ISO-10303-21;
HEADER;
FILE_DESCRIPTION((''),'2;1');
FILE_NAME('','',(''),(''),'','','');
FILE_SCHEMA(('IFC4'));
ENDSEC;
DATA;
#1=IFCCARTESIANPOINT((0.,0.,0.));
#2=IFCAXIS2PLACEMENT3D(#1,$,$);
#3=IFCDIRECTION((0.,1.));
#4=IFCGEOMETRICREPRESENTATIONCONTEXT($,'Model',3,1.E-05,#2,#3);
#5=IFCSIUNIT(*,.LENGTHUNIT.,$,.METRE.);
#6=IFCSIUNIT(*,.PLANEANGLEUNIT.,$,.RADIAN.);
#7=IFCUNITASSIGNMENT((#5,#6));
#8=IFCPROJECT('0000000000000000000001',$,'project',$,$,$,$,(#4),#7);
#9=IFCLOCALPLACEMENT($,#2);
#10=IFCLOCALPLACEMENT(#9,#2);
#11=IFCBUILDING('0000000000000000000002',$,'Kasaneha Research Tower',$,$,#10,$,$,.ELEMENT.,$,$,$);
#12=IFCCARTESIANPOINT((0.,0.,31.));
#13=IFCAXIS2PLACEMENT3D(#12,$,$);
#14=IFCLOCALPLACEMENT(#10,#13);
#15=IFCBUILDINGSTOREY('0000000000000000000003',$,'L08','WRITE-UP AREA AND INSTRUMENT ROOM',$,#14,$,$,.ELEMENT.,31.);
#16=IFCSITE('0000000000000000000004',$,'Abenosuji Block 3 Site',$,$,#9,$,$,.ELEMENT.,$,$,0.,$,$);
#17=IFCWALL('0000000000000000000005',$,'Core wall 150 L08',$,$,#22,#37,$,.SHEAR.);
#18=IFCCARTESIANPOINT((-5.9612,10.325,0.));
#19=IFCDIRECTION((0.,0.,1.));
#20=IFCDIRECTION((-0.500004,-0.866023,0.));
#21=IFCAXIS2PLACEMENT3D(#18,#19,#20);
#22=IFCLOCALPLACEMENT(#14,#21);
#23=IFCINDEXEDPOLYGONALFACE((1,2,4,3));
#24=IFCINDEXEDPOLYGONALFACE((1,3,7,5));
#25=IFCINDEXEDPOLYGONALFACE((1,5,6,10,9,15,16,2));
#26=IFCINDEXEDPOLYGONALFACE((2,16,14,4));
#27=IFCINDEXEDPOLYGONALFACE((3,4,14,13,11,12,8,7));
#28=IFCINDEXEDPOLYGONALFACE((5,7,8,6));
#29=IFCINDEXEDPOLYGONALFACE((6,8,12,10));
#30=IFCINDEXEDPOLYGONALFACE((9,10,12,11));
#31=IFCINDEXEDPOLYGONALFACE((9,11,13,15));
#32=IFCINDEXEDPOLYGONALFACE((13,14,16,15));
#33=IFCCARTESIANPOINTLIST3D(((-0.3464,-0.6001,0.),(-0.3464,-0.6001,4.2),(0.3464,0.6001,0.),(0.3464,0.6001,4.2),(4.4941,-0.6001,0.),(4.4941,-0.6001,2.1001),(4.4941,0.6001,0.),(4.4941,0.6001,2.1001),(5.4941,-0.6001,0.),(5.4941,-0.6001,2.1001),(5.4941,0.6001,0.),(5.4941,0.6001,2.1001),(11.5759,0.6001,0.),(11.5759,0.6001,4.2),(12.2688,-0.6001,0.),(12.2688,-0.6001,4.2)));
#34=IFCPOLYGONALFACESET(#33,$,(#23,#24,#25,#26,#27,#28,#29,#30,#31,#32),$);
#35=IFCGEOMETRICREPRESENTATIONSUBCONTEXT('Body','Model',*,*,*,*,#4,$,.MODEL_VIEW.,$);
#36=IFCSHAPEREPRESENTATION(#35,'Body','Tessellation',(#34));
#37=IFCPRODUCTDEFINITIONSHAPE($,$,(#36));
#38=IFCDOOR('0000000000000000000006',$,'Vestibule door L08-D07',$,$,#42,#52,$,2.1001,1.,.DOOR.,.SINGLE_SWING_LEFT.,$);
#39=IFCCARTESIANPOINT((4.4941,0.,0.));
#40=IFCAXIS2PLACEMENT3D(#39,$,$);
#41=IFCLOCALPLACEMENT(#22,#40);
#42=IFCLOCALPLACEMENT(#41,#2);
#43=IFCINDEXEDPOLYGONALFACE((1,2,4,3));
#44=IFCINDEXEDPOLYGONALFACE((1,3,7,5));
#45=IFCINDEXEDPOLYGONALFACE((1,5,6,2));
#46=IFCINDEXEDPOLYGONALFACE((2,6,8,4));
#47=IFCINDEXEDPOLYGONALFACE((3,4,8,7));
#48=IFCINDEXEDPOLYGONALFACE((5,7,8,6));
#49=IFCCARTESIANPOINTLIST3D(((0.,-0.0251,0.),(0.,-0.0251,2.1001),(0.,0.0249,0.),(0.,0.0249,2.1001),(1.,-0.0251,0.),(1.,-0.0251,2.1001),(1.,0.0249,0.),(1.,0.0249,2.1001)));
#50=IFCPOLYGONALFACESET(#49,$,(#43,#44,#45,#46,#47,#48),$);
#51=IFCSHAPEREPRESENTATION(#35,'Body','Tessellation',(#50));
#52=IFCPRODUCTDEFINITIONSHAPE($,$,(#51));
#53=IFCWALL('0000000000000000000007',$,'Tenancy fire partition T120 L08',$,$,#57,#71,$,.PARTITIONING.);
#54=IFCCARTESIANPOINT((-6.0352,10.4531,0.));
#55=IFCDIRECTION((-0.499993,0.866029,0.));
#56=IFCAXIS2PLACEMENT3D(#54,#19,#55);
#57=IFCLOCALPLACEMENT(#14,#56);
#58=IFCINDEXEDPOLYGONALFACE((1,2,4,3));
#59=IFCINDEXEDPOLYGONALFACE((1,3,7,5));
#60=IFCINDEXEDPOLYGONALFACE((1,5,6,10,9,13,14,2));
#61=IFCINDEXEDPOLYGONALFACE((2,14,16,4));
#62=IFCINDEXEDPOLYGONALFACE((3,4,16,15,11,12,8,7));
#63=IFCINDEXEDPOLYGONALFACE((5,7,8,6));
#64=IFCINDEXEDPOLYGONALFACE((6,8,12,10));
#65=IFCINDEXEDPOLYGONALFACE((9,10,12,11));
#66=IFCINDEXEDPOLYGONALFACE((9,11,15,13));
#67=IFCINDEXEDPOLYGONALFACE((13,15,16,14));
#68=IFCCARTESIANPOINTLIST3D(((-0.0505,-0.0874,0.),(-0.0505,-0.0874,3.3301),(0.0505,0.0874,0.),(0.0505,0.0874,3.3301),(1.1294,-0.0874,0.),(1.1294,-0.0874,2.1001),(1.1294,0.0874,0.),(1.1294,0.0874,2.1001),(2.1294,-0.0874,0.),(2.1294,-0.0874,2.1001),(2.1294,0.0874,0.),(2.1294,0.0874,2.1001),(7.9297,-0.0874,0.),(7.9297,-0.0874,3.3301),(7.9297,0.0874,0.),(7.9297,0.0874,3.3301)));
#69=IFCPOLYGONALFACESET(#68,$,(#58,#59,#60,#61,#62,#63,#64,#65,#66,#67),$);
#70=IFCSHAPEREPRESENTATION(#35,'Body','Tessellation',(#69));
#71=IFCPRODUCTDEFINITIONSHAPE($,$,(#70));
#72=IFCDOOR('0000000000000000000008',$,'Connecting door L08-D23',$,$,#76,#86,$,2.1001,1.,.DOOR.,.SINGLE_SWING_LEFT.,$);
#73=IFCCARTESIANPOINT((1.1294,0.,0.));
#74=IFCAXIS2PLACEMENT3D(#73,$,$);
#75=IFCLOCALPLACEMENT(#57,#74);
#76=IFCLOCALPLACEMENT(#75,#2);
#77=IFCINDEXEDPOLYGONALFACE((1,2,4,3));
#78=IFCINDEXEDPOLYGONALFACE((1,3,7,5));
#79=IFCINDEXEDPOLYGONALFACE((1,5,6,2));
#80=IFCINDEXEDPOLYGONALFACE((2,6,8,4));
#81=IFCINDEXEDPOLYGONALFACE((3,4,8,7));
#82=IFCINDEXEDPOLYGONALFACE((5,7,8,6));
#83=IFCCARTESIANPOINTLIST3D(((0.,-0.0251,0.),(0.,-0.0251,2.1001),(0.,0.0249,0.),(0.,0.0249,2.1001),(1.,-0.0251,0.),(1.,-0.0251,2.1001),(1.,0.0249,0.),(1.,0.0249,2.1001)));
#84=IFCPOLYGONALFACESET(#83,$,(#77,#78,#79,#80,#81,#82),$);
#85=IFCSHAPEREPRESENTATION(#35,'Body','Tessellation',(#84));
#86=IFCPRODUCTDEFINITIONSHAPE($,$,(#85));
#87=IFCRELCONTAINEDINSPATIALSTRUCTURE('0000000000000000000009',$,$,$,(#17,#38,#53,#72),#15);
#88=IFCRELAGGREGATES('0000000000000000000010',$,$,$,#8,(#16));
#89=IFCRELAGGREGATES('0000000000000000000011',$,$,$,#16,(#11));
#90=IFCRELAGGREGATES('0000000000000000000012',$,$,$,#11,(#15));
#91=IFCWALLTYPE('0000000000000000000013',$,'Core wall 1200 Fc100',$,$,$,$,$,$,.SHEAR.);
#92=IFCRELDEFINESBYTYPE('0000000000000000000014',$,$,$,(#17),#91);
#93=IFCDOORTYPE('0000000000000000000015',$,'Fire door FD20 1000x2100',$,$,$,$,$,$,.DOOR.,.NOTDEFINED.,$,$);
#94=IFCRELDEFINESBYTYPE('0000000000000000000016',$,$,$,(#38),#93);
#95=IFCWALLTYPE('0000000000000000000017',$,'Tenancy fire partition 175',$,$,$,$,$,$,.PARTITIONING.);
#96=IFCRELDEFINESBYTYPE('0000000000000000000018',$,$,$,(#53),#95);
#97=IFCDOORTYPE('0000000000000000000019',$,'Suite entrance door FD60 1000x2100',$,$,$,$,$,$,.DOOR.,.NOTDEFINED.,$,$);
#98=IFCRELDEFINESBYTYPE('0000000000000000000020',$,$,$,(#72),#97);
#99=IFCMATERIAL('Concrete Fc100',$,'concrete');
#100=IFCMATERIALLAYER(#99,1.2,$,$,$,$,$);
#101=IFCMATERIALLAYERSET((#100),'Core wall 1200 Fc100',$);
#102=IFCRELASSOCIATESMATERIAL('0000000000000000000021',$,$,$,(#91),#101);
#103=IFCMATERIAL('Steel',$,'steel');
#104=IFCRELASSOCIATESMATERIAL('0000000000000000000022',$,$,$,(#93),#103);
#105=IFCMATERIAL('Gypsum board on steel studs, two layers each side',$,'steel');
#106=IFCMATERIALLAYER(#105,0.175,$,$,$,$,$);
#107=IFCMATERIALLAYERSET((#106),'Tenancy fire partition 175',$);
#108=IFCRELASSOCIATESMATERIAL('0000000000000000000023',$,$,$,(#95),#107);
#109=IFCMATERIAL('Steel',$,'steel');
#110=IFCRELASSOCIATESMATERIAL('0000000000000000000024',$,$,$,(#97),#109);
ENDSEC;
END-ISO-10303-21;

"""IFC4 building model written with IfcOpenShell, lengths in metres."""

from ifc_helpers import new_model, si_unit, direction, frame, frame_2d, origin, place, context, subcontext, project, spatial, polyline, rectangle, outline, extrude, material, layer, layer_set, type_object, element, fill, save


model = new_model("IFC4")

# Units and contexts
model_context = context("Model", 3, precision=1e-05, world=origin(), true_north=direction((0.0, 1.0)))
body_context = subcontext(model_context, "Body", "Model", "MODEL_VIEW")
ifc_project = project(units=[si_unit("LENGTHUNIT", "METRE"), si_unit("PLANEANGLEUNIT", "RADIAN")], contexts=[model_context])

# Site, building, storey
site_placement = place(None, origin())
site = spatial("IfcSite", under=ifc_project, at=site_placement, Name="Abenosuji Block 3 Site", CompositionType="ELEMENT", RefElevation=0.0)
building_placement = place(site_placement, origin())
building = spatial("IfcBuilding", under=site, at=building_placement, Name="Kasaneha Research Tower", CompositionType="ELEMENT")
storey_placement = place(building_placement, frame((0.0, 0.0, 31.0)))
storey = spatial("IfcBuildingStorey", under=building, at=storey_placement, Name="L08", Description="WRITE-UP AREA AND INSTRUMENT ROOM", CompositionType="ELEMENT", Elevation=31.0)

# Wall, opening, door
ifc_material_1 = material(Name="Concrete Fc100", Category="concrete")
ifc_layer_1 = layer(ifc_material_1, 1.2)
ifc_layer_set_1 = layer_set([ifc_layer_1], Name="Core wall 1200 Fc100")
wall_type_1 = type_object("IfcWallType", Name="Core wall 1200 Fc100", PredefinedType="SHEAR", material=ifc_layer_set_1)
wall_1_placement = place(storey_placement, frame((-5.9612, 10.325, 0.0), z_axis=(0.0, 0.0, 1.0), x_axis=(-0.500004, -0.866023, 0.0)))
wall_1 = element("IfcWall", 1, at=wall_1_placement, inside=storey, type_object=wall_type_1, Name="Core wall 150 L08", PredefinedType="SHEAR", context=body_context, shape_type="SweptSolid", body=[
    extrude(outline(polyline([(-0.3464, -0.6001), (4.4941, -0.6001), (5.4941, -0.6001), (12.2688, -0.6001), (11.5759, 0.6001), (5.4941, 0.6001), (4.4941, 0.6001), (0.3464, 0.6001), (-0.3464, -0.6001)])), origin(), (0.0, 0.0, 1.0), 4.2),
])
opening_1_placement = place(wall_1_placement, frame((4.4941, 0.0, 0.0)))
opening_1 = element("IfcOpeningElement", 2, at=opening_1_placement, cuts=wall_1, PredefinedType="OPENING", context=body_context, shape_type="SweptSolid", body=[
    extrude(rectangle(XDim=1.0, YDim=2.1001, at=frame_2d((0.5, 1.05))), frame((0.0, 0.6099, 0.0), z_axis=(0.0, -1.0, 0.0), x_axis=(1.0, 0.0, 0.0)), (0.0, 0.0, 1.0), 1.22),
])
ifc_material_2 = material(Name="Steel", Category="steel")
door_type_1 = type_object("IfcDoorType", Name="Fire door FD20 1000x2100", OperationType="NOTDEFINED", PredefinedType="DOOR", material=ifc_material_2)
door_1_placement = place(opening_1_placement, origin())
door_1 = element("IfcDoor", 3, at=door_1_placement, inside=storey, type_object=door_type_1, Name="Vestibule door L08-D07", OperationType="SINGLE_SWING_LEFT", OverallHeight=2.1001, OverallWidth=1.0, PredefinedType="DOOR", context=body_context, shape_type="SweptSolid", body=[
    extrude(rectangle(XDim=1.0, YDim=2.1001, at=frame_2d((0.5, 1.05))), frame((0.0, 0.0249, 0.0), z_axis=(0.0, -1.0, 0.0), x_axis=(1.0, 0.0, 0.0)), (0.0, 0.0, 1.0), 0.05),
])
fill(opening_1, door_1)

# Wall, opening, door
ifc_material_3 = material(Name="Gypsum board on steel studs, two layers each side", Category="steel")
ifc_layer_2 = layer(ifc_material_3, 0.175)
ifc_layer_set_2 = layer_set([ifc_layer_2], Name="Tenancy fire partition 175")
wall_type_2 = type_object("IfcWallType", Name="Tenancy fire partition 175", PredefinedType="PARTITIONING", material=ifc_layer_set_2)
wall_2_placement = place(storey_placement, frame((-6.0352, 10.4531, 0.0), z_axis=(0.0, 0.0, 1.0), x_axis=(-0.499993, 0.866029, 0.0)))
wall_2 = element("IfcWall", 4, at=wall_2_placement, inside=storey, type_object=wall_type_2, Name="Tenancy fire partition T120 L08", PredefinedType="PARTITIONING", context=body_context, shape_type="SweptSolid", body=[
    extrude(outline(polyline([(-0.0505, -0.0874), (1.1294, -0.0874), (2.1294, -0.0874), (7.9297, -0.0874), (7.9297, 0.0874), (2.1294, 0.0874), (1.1294, 0.0874), (0.0505, 0.0874), (-0.0505, -0.0874)])), origin(), (0.0, 0.0, 1.0), 3.3301),
])
opening_2_placement = place(wall_2_placement, frame((1.1294, 0.0, 0.0)))
opening_2 = element("IfcOpeningElement", 5, at=opening_2_placement, cuts=wall_2, PredefinedType="OPENING", context=body_context, shape_type="SweptSolid", body=[
    extrude(rectangle(XDim=1.0, YDim=2.1001, at=frame_2d((0.5, 1.05))), frame((0.0, 0.0977, 0.0), z_axis=(0.0, -1.0, 0.0), x_axis=(1.0, 0.0, 0.0)), (0.0, 0.0, 1.0), 0.1951),
])
ifc_material_4 = material(Name="Steel", Category="steel")
door_type_2 = type_object("IfcDoorType", Name="Suite entrance door FD60 1000x2100", OperationType="NOTDEFINED", PredefinedType="DOOR", material=ifc_material_4)
door_2_placement = place(opening_2_placement, origin())
door_2 = element("IfcDoor", 6, at=door_2_placement, inside=storey, type_object=door_type_2, Name="Connecting door L08-D23", OperationType="SINGLE_SWING_LEFT", OverallHeight=2.1001, OverallWidth=1.0, PredefinedType="DOOR", context=body_context, shape_type="SweptSolid", body=[
    extrude(rectangle(XDim=1.0, YDim=2.1001, at=frame_2d((0.5, 1.05))), frame((0.0, 0.0249, 0.0), z_axis=(0.0, -1.0, 0.0), x_axis=(1.0, 0.0, 0.0)), (0.0, 0.0, 1.0), 0.05),
])
fill(opening_2, door_2)

save(model, "model.ifc")
